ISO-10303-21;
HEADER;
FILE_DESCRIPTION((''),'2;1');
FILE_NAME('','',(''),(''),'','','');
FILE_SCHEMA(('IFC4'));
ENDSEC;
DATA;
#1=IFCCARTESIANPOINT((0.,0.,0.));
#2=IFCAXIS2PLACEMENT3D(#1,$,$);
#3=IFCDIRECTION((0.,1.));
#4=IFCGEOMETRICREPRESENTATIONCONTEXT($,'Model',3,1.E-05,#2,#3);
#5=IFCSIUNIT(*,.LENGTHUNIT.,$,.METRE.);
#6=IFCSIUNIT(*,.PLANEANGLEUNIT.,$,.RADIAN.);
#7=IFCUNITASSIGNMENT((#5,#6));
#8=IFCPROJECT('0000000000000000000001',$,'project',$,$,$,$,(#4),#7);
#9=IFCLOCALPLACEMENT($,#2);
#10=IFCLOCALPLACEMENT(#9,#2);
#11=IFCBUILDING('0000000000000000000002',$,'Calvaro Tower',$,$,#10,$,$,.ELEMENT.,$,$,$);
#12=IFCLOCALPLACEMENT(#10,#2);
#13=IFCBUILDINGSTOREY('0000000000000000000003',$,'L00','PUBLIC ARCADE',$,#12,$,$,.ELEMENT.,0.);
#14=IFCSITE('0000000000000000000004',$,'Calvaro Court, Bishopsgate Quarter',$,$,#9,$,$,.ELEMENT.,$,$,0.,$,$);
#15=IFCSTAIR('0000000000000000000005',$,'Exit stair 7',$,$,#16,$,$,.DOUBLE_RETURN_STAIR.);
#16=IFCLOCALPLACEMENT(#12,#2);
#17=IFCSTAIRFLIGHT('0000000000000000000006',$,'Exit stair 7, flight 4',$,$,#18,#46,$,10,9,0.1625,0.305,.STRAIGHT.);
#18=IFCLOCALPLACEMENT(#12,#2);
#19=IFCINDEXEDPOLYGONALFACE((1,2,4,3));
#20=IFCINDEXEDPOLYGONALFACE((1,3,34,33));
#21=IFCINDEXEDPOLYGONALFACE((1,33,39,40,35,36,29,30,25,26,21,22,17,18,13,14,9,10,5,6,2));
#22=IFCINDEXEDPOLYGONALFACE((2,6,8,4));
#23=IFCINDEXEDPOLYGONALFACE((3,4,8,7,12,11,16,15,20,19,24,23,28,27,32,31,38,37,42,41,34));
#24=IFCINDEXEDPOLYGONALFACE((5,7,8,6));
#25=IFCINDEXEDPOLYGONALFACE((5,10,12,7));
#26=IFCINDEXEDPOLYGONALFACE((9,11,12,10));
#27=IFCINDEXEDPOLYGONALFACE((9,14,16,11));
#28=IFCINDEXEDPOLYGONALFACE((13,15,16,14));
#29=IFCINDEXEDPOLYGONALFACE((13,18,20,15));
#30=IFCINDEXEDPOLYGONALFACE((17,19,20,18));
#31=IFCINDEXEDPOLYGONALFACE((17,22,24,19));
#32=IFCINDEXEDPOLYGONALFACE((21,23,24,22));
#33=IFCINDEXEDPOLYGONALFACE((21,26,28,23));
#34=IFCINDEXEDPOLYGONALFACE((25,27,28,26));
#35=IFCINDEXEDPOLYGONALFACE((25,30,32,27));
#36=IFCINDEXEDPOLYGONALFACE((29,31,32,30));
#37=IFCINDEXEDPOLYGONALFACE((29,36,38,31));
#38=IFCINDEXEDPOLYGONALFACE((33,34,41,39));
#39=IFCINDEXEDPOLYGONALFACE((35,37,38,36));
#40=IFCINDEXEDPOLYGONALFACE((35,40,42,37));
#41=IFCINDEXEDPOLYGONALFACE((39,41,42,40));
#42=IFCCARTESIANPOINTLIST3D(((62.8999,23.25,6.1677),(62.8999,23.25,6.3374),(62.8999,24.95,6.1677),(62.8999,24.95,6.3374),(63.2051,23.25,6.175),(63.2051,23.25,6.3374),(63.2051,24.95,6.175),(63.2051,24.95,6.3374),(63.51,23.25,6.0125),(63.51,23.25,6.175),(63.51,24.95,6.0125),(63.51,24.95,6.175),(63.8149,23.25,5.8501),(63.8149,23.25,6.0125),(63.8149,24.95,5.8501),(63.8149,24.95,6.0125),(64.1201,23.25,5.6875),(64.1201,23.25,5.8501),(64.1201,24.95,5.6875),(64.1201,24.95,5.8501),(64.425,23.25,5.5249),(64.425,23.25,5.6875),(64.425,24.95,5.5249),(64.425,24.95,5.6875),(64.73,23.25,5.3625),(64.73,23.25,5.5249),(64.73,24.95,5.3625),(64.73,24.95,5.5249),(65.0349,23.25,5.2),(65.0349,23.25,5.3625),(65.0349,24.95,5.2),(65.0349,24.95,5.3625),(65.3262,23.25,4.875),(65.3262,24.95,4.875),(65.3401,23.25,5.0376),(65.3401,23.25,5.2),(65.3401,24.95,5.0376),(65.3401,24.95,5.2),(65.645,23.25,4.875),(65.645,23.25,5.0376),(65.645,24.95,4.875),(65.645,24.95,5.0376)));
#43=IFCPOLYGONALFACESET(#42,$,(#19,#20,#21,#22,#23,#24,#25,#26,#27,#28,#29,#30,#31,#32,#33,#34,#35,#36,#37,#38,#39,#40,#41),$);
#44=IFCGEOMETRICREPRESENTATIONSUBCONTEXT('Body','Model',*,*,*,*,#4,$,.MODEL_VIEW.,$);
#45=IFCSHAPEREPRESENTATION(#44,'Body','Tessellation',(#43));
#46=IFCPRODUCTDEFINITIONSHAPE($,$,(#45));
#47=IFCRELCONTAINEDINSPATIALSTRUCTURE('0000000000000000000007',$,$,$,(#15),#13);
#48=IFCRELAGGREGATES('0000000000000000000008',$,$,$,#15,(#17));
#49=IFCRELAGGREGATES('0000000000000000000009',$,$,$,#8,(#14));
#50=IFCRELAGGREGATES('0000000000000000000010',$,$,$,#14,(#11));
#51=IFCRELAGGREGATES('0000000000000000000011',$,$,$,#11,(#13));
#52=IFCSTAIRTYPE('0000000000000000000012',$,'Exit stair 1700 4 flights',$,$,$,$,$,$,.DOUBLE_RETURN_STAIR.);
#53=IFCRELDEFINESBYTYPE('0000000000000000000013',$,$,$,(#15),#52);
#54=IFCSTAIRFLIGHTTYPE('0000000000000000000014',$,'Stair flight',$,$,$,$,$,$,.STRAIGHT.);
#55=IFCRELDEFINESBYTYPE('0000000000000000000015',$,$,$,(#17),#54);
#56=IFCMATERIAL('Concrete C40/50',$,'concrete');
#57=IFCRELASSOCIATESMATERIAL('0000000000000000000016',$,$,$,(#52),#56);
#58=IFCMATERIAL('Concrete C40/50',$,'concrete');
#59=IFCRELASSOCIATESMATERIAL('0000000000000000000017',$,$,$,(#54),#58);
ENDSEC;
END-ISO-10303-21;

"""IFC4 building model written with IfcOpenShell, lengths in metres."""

from ifc_helpers import new_model, si_unit, direction, frame, origin, place, context, subcontext, project, spatial, polyline, outline, extrude, material, type_object, element, aggregate, save


model = new_model("IFC4")

# Units and contexts
model_context = context("Model", 3, precision=1e-05, world=origin(), true_north=direction((0.0, 1.0)))
body_context = subcontext(model_context, "Body", "Model", "MODEL_VIEW")
ifc_project = project(units=[si_unit("LENGTHUNIT", "METRE"), si_unit("PLANEANGLEUNIT", "RADIAN")], contexts=[model_context])

# Site, building, storey
site_placement = place(None, origin())
site = spatial("IfcSite", under=ifc_project, at=site_placement, Name="Calvaro Court, Bishopsgate Quarter", CompositionType="ELEMENT", RefElevation=0.0)
building_placement = place(site_placement, origin())
building = spatial("IfcBuilding", under=site, at=building_placement, Name="Calvaro Tower", CompositionType="ELEMENT")
storey_placement = place(building_placement, origin())
storey = spatial("IfcBuildingStorey", under=building, at=storey_placement, Name="L00", Description="PUBLIC ARCADE", CompositionType="ELEMENT", Elevation=0.0)

# Stair, stair flight
ifc_material_1 = material(Name="Concrete C40/50", Category="concrete")
stair_type = type_object("IfcStairType", Name="Exit stair 1700 4 flights", PredefinedType="DOUBLE_RETURN_STAIR", material=ifc_material_1)
stair_placement = place(storey_placement, origin())
stair = element("IfcStair", 1, at=stair_placement, inside=storey, type_object=stair_type, Name="Exit stair 7", PredefinedType="DOUBLE_RETURN_STAIR")
ifc_material_2 = material(Name="Concrete C40/50", Category="concrete")
stair_flight_type = type_object("IfcStairFlightType", Name="Stair flight", PredefinedType="STRAIGHT", material=ifc_material_2)
stair_flight_placement = place(storey_placement, frame((65.645, 24.1001, 4.875), z_axis=(0.0, 0.0, 1.0), x_axis=(-1.0, 0.0, 0.0)))
stair_flight = element("IfcStairFlight", 2, at=stair_flight_placement, type_object=stair_flight_type, Name="Exit stair 7, flight 4", NumberOfRisers=10, NumberOfTreads=9, PredefinedType="STRAIGHT", RiserHeight=0.1625, TreadLength=0.305, context=body_context, shape_type="SweptSolid", body=[
    extrude(outline(polyline([(0.0, 0.0), (0.0, 0.1626), (0.3049, 0.1626), (0.3049, 0.325), (0.6101, 0.325), (0.6101, 0.4875), (0.915, 0.4875), (0.915, 0.6499), (1.22, 0.6499), (1.22, 0.8125), (1.5249, 0.8125), (1.5249, 0.9751), (1.8301, 0.9751), (1.8301, 1.1375), (2.135, 1.1375), (2.135, 1.3), (2.4399, 1.3), (2.4399, 1.4624), (2.7451, 1.4624), (2.7451, 1.625), (2.7451, 1.2927), (0.3188, 0.0), (0.0, 0.0)])), frame((0.0, 0.8501, 0.0), z_axis=(0.0, -1.0, 0.0), x_axis=(1.0, 0.0, 0.0)), (0.0, 0.0, 1.0), 1.7),
])
aggregate(stair, [stair_flight])

save(model, "model.ifc")
